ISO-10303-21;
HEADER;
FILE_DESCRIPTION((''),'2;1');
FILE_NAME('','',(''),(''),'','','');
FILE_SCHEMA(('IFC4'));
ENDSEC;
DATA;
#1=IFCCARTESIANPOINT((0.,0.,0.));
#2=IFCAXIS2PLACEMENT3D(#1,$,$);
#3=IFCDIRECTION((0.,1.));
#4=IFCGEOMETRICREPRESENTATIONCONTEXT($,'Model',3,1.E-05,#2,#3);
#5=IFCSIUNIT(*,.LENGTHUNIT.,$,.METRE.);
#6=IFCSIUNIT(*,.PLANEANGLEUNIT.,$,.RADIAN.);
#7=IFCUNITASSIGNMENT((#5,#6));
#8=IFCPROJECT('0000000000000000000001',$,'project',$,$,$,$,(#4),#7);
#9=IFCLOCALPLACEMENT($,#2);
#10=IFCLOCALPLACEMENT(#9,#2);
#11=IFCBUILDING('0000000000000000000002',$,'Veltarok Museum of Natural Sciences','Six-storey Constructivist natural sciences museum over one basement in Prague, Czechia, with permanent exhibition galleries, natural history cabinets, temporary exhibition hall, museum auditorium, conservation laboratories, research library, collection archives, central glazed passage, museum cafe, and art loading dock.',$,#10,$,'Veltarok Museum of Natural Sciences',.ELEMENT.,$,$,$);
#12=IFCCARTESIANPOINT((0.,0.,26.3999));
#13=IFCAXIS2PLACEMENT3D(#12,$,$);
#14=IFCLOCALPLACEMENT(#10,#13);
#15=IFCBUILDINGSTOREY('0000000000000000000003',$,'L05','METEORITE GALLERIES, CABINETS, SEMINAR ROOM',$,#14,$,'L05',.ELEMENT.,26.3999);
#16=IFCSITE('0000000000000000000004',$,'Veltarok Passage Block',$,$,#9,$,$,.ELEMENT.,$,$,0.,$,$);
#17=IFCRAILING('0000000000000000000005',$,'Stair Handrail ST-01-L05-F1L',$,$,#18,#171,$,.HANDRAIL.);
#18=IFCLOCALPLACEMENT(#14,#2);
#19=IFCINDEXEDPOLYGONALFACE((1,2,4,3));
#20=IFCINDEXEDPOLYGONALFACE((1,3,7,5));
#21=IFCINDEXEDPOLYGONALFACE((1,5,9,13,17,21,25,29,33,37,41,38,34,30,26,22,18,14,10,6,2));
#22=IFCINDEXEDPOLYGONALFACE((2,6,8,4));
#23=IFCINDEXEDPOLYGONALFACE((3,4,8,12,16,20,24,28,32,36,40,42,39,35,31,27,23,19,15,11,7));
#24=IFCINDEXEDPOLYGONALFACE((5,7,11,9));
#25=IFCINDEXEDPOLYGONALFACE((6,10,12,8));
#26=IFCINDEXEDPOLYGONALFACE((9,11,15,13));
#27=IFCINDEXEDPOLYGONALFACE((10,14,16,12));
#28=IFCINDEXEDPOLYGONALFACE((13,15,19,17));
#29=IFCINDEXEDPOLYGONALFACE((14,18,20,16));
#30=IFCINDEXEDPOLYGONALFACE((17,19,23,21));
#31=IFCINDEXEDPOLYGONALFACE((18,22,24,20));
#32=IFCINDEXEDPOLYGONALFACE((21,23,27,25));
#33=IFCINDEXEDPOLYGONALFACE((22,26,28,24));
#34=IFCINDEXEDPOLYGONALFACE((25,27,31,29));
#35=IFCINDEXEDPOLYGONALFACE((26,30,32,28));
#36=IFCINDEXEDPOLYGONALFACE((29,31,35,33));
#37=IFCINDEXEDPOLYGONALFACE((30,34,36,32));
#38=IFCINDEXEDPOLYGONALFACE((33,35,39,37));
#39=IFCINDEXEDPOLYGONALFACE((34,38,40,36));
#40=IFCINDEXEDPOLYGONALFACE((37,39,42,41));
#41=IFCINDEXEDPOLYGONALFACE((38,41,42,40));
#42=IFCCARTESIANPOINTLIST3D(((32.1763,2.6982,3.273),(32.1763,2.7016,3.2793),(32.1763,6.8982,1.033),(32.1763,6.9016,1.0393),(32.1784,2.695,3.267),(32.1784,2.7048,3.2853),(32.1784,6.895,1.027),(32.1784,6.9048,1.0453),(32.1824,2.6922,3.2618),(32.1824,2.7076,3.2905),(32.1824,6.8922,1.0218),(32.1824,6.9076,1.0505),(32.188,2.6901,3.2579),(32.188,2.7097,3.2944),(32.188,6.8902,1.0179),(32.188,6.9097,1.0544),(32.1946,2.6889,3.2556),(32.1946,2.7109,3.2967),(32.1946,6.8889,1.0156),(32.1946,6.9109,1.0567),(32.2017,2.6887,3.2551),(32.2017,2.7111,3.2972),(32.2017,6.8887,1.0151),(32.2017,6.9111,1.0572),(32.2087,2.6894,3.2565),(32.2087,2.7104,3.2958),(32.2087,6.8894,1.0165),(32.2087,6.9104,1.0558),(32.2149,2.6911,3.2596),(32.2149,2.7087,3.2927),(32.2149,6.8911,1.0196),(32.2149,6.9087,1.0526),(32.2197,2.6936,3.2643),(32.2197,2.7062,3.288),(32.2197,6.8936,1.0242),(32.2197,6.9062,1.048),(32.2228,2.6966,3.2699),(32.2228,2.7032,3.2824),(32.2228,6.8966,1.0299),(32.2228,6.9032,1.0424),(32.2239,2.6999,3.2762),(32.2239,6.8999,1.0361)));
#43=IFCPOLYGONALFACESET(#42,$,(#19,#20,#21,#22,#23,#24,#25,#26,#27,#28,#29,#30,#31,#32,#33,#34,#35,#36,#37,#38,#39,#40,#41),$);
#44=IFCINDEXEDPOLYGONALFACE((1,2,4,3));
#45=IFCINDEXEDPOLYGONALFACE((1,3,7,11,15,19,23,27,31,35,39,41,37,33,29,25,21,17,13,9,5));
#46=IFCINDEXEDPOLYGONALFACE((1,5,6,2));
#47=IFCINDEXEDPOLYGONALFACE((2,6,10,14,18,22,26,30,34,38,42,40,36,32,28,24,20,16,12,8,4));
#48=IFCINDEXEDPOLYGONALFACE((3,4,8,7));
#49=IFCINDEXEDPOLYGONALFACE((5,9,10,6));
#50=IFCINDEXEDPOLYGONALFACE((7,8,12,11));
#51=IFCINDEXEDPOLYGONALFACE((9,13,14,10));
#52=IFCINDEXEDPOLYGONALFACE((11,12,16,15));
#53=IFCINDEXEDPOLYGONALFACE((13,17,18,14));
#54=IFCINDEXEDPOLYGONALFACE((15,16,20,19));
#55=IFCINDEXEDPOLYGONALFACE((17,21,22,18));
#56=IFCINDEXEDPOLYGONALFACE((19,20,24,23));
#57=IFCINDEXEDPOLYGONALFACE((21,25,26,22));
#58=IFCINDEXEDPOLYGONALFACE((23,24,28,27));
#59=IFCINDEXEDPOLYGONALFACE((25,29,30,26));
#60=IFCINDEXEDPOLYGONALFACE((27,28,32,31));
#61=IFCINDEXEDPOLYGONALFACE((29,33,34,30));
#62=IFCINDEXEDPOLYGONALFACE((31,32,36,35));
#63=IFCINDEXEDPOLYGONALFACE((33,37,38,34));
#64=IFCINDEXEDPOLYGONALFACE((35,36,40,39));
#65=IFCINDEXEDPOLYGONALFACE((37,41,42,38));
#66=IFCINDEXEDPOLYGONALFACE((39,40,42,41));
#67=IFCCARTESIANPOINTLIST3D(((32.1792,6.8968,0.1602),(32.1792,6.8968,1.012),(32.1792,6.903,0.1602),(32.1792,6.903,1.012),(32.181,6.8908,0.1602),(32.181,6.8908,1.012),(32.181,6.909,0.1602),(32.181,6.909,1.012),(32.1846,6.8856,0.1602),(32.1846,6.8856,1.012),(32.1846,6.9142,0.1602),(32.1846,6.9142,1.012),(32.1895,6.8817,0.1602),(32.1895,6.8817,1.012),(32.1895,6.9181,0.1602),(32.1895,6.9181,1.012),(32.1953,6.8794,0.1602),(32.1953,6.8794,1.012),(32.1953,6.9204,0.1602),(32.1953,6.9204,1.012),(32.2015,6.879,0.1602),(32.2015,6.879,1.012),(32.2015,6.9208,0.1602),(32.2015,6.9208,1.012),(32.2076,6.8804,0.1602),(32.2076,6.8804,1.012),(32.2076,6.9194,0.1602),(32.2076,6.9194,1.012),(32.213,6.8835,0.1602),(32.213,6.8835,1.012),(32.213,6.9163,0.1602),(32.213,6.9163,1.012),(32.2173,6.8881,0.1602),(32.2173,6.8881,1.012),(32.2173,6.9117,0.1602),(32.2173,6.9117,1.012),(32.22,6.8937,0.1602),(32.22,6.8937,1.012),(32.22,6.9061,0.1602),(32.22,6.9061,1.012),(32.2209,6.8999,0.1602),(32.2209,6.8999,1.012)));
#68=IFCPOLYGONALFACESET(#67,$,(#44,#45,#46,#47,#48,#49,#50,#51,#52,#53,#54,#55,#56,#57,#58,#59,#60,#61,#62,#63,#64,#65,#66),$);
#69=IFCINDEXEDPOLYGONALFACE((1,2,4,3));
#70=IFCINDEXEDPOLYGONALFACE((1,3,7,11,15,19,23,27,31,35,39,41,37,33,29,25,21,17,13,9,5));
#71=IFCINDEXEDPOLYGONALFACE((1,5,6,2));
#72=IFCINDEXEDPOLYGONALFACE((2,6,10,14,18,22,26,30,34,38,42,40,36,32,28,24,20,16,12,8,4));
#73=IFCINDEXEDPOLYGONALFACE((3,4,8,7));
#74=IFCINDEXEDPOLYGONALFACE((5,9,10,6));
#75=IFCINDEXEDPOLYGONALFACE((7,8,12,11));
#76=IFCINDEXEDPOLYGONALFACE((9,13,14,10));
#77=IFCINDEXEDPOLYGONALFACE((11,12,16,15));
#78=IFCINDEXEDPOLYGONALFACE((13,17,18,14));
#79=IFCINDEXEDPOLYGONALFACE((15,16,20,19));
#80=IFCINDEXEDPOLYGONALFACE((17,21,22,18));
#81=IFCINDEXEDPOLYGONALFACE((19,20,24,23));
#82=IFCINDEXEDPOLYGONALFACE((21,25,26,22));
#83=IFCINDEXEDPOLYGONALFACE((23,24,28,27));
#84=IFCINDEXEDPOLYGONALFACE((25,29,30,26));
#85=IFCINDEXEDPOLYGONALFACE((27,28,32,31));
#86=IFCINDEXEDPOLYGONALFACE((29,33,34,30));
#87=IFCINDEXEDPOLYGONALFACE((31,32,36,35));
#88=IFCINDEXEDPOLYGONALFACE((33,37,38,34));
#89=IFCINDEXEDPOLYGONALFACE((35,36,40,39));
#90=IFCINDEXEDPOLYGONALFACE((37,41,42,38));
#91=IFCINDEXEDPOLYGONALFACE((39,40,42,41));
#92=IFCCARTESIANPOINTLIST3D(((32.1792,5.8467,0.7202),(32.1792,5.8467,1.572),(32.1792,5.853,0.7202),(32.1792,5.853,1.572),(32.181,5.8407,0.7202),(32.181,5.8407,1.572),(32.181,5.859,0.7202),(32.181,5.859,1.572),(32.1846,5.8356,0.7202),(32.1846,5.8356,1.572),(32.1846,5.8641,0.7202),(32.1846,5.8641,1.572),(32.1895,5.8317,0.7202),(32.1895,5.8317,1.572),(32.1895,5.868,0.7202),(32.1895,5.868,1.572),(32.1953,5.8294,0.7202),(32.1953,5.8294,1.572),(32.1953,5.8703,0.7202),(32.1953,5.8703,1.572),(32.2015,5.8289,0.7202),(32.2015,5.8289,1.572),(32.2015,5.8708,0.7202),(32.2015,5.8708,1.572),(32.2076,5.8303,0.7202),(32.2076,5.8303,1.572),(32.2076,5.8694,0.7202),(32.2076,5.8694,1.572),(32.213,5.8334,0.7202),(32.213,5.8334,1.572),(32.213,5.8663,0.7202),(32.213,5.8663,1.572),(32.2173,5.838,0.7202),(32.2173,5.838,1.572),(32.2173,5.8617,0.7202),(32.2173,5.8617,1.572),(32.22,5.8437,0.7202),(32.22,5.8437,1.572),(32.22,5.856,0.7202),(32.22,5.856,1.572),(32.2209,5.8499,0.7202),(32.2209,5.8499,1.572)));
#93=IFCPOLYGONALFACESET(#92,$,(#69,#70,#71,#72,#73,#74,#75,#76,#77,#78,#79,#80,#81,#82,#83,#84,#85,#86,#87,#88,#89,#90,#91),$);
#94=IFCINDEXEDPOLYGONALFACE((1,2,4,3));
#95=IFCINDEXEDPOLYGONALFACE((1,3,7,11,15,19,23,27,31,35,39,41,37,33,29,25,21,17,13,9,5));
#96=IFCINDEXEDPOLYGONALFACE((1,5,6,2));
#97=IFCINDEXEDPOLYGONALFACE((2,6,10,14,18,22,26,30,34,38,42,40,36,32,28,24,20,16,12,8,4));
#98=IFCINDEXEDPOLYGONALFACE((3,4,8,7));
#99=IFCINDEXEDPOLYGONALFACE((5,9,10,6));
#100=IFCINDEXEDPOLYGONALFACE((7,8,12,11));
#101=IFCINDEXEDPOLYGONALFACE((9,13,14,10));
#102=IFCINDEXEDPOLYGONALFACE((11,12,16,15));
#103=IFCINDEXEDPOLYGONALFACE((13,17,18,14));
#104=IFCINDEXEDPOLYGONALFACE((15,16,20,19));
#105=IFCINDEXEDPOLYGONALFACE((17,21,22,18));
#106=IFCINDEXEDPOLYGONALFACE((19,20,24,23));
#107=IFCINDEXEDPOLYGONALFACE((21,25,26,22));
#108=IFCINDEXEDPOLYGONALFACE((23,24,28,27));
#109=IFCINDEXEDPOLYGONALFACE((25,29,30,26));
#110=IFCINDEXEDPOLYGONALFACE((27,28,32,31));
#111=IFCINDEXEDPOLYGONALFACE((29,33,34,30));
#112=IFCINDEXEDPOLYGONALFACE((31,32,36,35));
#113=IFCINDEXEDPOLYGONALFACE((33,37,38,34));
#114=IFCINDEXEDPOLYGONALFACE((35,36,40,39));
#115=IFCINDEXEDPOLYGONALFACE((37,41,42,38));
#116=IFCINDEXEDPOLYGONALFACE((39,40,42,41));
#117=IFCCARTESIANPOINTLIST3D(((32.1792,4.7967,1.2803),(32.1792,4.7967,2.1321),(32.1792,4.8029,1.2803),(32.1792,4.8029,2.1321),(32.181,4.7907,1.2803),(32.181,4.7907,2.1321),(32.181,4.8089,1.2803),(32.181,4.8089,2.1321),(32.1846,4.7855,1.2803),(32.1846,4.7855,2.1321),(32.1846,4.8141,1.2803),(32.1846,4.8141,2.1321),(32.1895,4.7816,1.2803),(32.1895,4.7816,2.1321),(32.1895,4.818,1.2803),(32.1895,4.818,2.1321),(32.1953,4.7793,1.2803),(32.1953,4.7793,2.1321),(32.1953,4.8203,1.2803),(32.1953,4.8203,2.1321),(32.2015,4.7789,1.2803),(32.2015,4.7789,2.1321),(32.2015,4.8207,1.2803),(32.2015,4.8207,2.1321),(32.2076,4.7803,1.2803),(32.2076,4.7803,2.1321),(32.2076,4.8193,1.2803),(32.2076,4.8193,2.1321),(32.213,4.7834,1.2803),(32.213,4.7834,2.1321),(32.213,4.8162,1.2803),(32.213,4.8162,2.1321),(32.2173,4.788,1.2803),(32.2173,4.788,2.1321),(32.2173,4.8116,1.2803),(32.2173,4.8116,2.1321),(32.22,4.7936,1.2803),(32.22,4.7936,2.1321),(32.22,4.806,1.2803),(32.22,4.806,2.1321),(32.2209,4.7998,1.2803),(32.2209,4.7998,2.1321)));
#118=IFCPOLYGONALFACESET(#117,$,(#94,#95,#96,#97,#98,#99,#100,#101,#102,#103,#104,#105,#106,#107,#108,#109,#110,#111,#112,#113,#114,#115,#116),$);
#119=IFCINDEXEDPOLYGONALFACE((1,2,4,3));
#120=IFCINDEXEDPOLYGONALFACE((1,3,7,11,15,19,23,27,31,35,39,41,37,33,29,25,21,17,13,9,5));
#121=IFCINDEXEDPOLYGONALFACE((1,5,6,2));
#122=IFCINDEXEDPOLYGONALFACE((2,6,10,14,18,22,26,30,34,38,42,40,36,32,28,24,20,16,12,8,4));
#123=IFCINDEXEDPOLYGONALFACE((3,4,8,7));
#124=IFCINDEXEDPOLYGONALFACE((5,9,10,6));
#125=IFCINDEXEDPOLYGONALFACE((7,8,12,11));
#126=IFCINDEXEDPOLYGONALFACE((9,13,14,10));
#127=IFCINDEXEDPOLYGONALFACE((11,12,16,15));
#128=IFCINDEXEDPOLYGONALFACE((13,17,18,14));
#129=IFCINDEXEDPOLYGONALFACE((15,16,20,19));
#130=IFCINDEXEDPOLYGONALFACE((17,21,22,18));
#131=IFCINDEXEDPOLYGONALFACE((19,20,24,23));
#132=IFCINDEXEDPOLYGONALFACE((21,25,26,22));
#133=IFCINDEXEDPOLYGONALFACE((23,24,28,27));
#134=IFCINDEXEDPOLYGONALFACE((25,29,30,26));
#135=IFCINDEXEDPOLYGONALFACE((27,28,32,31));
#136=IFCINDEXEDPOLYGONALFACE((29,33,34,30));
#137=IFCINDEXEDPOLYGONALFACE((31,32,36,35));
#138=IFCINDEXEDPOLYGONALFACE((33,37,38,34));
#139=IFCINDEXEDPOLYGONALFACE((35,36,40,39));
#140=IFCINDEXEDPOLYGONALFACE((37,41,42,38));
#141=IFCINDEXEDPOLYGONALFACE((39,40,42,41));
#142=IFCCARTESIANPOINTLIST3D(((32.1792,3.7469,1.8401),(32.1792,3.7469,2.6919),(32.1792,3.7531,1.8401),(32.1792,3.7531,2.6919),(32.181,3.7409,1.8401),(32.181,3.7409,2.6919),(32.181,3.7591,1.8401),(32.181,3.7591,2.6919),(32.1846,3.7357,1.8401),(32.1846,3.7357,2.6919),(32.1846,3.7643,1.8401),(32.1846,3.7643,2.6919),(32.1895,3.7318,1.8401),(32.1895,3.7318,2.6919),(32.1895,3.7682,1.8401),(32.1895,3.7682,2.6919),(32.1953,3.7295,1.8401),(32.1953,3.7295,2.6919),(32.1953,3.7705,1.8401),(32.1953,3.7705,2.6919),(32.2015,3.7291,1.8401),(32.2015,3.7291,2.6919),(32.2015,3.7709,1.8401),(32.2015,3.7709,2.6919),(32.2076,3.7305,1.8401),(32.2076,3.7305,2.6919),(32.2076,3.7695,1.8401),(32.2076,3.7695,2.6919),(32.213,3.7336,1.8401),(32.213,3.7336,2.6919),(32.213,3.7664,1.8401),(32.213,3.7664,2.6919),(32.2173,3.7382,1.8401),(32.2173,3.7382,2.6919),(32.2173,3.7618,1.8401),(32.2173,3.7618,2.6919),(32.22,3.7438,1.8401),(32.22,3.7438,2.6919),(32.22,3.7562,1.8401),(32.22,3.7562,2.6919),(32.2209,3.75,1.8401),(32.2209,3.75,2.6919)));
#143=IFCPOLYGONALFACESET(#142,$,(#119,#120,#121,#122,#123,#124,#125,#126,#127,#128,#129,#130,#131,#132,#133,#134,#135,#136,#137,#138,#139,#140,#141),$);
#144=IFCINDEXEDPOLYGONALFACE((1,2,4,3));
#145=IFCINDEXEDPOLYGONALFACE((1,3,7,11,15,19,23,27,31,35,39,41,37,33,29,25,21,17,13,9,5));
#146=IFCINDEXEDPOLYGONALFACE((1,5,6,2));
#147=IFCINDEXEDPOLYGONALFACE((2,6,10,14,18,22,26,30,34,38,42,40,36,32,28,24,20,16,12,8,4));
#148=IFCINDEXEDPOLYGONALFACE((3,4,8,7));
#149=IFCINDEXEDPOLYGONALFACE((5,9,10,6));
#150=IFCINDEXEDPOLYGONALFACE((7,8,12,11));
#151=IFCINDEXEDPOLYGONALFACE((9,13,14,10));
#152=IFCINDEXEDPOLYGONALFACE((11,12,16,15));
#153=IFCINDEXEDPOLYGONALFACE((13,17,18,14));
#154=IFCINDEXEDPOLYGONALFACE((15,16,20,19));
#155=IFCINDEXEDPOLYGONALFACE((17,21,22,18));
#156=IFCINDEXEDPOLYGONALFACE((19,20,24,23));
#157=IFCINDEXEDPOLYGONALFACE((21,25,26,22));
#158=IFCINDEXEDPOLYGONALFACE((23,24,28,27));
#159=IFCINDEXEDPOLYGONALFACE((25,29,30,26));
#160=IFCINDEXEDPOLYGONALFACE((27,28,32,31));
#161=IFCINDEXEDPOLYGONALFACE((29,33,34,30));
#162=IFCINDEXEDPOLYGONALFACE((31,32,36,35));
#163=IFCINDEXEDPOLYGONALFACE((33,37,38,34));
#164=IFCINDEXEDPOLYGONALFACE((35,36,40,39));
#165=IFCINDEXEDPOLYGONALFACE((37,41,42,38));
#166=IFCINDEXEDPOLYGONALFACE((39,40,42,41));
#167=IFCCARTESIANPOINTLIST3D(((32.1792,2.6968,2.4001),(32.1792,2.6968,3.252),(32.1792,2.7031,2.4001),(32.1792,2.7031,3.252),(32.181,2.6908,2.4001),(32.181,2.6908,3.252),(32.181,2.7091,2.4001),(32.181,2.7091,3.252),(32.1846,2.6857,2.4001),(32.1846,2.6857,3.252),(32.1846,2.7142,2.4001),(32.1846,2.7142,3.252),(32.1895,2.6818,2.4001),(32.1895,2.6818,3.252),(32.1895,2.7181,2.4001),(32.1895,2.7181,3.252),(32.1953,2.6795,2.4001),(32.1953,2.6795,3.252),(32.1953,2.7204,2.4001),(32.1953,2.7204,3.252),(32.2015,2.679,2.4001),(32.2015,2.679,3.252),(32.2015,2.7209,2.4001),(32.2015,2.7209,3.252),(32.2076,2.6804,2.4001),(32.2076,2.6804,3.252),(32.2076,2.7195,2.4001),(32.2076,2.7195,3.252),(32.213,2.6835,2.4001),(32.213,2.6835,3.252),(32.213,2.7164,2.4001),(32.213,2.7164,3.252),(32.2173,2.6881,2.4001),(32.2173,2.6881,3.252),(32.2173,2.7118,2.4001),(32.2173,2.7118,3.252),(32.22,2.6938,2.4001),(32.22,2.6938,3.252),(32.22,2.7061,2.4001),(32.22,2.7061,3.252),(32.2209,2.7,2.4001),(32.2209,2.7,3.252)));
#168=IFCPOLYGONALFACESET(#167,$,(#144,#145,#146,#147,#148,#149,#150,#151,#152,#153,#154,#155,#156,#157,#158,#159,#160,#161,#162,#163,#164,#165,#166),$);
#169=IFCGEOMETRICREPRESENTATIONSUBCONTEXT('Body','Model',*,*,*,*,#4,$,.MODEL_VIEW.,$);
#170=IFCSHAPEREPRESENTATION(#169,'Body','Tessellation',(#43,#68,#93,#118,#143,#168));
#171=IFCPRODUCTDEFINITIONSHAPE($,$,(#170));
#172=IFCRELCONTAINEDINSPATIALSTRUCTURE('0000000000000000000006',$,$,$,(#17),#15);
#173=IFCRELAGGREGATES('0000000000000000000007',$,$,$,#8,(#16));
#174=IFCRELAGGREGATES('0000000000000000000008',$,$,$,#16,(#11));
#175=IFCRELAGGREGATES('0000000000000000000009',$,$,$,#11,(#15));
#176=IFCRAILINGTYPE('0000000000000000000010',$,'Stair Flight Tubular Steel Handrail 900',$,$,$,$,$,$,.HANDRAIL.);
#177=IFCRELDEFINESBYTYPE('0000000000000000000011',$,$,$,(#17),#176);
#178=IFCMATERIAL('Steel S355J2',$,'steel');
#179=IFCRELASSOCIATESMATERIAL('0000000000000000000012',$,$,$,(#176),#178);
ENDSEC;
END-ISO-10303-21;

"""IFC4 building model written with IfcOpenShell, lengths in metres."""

from ifc_helpers import new_model, si_unit, direction, frame, origin, origin_2d, place, context, subcontext, project, spatial, circle, extrude, material, type_object, element, save


model = new_model("IFC4")

# Units and contexts
model_context = context("Model", 3, precision=1e-05, world=origin(), true_north=direction((0.0, 1.0)))
body_context = subcontext(model_context, "Body", "Model", "MODEL_VIEW")
ifc_project = project(units=[si_unit("LENGTHUNIT", "METRE"), si_unit("PLANEANGLEUNIT", "RADIAN")], contexts=[model_context])

# Site, building, storey
site_placement = place(None, origin())
site = spatial("IfcSite", under=ifc_project, at=site_placement, Name="Veltarok Passage Block", CompositionType="ELEMENT", RefElevation=0.0)
building_placement = place(site_placement, origin())
building = spatial("IfcBuilding", under=site, at=building_placement, Name="Veltarok Museum of Natural Sciences", Description="Six-storey Constructivist natural sciences museum over one basement in Prague, Czechia, with permanent exhibition galleries, natural history cabinets, temporary exhibition hall, museum auditorium, conservation laboratories, research library, collection archives, central glazed passage, museum cafe, and art loading dock.", LongName="Veltarok Museum of Natural Sciences", CompositionType="ELEMENT")
storey_placement = place(building_placement, frame((0.0, 0.0, 26.3999)))
storey = spatial("IfcBuildingStorey", under=building, at=storey_placement, Name="L05", Description="METEORITE GALLERIES, CABINETS, SEMINAR ROOM", LongName="L05", CompositionType="ELEMENT", Elevation=26.3999)

# Shared definitions
ifc_material_1 = material(Name="Steel S355J2", Category="steel")

# Railing
railing_type = type_object("IfcRailingType", Name="Stair Flight Tubular Steel Handrail 900", PredefinedType="HANDRAIL", material=ifc_material_1)
railing_placement = place(storey_placement, frame((32.2, 6.8999, 0.1602)))
element("IfcRailing", 1, at=railing_placement, inside=storey, type_object=railing_type, Name="Stair Handrail ST-01-L05-F1L", PredefinedType="HANDRAIL", context=body_context, shape_type="SweptSolid", body=[
    extrude(circle(Radius=0.0239, at=origin_2d()), frame((0.0, 0.0, 0.876), z_axis=(0.0, -0.882352, 0.470591), x_axis=(1.0, 0.0, 0.0)), (0.0, 0.0, 1.0), 4.76),
    extrude(circle(Radius=0.021, at=origin_2d()), origin(), (0.0, 0.0, 1.0), 0.8518),
    extrude(circle(Radius=0.021, at=origin_2d()), frame((0.0, -1.05, 0.5601)), (0.0, 0.0, 1.0), 0.8518),
    extrude(circle(Radius=0.021, at=origin_2d()), frame((0.0, -2.1001, 1.1201)), (0.0, 0.0, 1.0), 0.8518),
    extrude(circle(Radius=0.021, at=origin_2d()), frame((0.0, -3.1499, 1.6799)), (0.0, 0.0, 1.0), 0.8518),
    extrude(circle(Radius=0.021, at=origin_2d()), frame((0.0, -4.2, 2.24)), (0.0, 0.0, 1.0), 0.8518),
])

save(model, "model.ifc")
